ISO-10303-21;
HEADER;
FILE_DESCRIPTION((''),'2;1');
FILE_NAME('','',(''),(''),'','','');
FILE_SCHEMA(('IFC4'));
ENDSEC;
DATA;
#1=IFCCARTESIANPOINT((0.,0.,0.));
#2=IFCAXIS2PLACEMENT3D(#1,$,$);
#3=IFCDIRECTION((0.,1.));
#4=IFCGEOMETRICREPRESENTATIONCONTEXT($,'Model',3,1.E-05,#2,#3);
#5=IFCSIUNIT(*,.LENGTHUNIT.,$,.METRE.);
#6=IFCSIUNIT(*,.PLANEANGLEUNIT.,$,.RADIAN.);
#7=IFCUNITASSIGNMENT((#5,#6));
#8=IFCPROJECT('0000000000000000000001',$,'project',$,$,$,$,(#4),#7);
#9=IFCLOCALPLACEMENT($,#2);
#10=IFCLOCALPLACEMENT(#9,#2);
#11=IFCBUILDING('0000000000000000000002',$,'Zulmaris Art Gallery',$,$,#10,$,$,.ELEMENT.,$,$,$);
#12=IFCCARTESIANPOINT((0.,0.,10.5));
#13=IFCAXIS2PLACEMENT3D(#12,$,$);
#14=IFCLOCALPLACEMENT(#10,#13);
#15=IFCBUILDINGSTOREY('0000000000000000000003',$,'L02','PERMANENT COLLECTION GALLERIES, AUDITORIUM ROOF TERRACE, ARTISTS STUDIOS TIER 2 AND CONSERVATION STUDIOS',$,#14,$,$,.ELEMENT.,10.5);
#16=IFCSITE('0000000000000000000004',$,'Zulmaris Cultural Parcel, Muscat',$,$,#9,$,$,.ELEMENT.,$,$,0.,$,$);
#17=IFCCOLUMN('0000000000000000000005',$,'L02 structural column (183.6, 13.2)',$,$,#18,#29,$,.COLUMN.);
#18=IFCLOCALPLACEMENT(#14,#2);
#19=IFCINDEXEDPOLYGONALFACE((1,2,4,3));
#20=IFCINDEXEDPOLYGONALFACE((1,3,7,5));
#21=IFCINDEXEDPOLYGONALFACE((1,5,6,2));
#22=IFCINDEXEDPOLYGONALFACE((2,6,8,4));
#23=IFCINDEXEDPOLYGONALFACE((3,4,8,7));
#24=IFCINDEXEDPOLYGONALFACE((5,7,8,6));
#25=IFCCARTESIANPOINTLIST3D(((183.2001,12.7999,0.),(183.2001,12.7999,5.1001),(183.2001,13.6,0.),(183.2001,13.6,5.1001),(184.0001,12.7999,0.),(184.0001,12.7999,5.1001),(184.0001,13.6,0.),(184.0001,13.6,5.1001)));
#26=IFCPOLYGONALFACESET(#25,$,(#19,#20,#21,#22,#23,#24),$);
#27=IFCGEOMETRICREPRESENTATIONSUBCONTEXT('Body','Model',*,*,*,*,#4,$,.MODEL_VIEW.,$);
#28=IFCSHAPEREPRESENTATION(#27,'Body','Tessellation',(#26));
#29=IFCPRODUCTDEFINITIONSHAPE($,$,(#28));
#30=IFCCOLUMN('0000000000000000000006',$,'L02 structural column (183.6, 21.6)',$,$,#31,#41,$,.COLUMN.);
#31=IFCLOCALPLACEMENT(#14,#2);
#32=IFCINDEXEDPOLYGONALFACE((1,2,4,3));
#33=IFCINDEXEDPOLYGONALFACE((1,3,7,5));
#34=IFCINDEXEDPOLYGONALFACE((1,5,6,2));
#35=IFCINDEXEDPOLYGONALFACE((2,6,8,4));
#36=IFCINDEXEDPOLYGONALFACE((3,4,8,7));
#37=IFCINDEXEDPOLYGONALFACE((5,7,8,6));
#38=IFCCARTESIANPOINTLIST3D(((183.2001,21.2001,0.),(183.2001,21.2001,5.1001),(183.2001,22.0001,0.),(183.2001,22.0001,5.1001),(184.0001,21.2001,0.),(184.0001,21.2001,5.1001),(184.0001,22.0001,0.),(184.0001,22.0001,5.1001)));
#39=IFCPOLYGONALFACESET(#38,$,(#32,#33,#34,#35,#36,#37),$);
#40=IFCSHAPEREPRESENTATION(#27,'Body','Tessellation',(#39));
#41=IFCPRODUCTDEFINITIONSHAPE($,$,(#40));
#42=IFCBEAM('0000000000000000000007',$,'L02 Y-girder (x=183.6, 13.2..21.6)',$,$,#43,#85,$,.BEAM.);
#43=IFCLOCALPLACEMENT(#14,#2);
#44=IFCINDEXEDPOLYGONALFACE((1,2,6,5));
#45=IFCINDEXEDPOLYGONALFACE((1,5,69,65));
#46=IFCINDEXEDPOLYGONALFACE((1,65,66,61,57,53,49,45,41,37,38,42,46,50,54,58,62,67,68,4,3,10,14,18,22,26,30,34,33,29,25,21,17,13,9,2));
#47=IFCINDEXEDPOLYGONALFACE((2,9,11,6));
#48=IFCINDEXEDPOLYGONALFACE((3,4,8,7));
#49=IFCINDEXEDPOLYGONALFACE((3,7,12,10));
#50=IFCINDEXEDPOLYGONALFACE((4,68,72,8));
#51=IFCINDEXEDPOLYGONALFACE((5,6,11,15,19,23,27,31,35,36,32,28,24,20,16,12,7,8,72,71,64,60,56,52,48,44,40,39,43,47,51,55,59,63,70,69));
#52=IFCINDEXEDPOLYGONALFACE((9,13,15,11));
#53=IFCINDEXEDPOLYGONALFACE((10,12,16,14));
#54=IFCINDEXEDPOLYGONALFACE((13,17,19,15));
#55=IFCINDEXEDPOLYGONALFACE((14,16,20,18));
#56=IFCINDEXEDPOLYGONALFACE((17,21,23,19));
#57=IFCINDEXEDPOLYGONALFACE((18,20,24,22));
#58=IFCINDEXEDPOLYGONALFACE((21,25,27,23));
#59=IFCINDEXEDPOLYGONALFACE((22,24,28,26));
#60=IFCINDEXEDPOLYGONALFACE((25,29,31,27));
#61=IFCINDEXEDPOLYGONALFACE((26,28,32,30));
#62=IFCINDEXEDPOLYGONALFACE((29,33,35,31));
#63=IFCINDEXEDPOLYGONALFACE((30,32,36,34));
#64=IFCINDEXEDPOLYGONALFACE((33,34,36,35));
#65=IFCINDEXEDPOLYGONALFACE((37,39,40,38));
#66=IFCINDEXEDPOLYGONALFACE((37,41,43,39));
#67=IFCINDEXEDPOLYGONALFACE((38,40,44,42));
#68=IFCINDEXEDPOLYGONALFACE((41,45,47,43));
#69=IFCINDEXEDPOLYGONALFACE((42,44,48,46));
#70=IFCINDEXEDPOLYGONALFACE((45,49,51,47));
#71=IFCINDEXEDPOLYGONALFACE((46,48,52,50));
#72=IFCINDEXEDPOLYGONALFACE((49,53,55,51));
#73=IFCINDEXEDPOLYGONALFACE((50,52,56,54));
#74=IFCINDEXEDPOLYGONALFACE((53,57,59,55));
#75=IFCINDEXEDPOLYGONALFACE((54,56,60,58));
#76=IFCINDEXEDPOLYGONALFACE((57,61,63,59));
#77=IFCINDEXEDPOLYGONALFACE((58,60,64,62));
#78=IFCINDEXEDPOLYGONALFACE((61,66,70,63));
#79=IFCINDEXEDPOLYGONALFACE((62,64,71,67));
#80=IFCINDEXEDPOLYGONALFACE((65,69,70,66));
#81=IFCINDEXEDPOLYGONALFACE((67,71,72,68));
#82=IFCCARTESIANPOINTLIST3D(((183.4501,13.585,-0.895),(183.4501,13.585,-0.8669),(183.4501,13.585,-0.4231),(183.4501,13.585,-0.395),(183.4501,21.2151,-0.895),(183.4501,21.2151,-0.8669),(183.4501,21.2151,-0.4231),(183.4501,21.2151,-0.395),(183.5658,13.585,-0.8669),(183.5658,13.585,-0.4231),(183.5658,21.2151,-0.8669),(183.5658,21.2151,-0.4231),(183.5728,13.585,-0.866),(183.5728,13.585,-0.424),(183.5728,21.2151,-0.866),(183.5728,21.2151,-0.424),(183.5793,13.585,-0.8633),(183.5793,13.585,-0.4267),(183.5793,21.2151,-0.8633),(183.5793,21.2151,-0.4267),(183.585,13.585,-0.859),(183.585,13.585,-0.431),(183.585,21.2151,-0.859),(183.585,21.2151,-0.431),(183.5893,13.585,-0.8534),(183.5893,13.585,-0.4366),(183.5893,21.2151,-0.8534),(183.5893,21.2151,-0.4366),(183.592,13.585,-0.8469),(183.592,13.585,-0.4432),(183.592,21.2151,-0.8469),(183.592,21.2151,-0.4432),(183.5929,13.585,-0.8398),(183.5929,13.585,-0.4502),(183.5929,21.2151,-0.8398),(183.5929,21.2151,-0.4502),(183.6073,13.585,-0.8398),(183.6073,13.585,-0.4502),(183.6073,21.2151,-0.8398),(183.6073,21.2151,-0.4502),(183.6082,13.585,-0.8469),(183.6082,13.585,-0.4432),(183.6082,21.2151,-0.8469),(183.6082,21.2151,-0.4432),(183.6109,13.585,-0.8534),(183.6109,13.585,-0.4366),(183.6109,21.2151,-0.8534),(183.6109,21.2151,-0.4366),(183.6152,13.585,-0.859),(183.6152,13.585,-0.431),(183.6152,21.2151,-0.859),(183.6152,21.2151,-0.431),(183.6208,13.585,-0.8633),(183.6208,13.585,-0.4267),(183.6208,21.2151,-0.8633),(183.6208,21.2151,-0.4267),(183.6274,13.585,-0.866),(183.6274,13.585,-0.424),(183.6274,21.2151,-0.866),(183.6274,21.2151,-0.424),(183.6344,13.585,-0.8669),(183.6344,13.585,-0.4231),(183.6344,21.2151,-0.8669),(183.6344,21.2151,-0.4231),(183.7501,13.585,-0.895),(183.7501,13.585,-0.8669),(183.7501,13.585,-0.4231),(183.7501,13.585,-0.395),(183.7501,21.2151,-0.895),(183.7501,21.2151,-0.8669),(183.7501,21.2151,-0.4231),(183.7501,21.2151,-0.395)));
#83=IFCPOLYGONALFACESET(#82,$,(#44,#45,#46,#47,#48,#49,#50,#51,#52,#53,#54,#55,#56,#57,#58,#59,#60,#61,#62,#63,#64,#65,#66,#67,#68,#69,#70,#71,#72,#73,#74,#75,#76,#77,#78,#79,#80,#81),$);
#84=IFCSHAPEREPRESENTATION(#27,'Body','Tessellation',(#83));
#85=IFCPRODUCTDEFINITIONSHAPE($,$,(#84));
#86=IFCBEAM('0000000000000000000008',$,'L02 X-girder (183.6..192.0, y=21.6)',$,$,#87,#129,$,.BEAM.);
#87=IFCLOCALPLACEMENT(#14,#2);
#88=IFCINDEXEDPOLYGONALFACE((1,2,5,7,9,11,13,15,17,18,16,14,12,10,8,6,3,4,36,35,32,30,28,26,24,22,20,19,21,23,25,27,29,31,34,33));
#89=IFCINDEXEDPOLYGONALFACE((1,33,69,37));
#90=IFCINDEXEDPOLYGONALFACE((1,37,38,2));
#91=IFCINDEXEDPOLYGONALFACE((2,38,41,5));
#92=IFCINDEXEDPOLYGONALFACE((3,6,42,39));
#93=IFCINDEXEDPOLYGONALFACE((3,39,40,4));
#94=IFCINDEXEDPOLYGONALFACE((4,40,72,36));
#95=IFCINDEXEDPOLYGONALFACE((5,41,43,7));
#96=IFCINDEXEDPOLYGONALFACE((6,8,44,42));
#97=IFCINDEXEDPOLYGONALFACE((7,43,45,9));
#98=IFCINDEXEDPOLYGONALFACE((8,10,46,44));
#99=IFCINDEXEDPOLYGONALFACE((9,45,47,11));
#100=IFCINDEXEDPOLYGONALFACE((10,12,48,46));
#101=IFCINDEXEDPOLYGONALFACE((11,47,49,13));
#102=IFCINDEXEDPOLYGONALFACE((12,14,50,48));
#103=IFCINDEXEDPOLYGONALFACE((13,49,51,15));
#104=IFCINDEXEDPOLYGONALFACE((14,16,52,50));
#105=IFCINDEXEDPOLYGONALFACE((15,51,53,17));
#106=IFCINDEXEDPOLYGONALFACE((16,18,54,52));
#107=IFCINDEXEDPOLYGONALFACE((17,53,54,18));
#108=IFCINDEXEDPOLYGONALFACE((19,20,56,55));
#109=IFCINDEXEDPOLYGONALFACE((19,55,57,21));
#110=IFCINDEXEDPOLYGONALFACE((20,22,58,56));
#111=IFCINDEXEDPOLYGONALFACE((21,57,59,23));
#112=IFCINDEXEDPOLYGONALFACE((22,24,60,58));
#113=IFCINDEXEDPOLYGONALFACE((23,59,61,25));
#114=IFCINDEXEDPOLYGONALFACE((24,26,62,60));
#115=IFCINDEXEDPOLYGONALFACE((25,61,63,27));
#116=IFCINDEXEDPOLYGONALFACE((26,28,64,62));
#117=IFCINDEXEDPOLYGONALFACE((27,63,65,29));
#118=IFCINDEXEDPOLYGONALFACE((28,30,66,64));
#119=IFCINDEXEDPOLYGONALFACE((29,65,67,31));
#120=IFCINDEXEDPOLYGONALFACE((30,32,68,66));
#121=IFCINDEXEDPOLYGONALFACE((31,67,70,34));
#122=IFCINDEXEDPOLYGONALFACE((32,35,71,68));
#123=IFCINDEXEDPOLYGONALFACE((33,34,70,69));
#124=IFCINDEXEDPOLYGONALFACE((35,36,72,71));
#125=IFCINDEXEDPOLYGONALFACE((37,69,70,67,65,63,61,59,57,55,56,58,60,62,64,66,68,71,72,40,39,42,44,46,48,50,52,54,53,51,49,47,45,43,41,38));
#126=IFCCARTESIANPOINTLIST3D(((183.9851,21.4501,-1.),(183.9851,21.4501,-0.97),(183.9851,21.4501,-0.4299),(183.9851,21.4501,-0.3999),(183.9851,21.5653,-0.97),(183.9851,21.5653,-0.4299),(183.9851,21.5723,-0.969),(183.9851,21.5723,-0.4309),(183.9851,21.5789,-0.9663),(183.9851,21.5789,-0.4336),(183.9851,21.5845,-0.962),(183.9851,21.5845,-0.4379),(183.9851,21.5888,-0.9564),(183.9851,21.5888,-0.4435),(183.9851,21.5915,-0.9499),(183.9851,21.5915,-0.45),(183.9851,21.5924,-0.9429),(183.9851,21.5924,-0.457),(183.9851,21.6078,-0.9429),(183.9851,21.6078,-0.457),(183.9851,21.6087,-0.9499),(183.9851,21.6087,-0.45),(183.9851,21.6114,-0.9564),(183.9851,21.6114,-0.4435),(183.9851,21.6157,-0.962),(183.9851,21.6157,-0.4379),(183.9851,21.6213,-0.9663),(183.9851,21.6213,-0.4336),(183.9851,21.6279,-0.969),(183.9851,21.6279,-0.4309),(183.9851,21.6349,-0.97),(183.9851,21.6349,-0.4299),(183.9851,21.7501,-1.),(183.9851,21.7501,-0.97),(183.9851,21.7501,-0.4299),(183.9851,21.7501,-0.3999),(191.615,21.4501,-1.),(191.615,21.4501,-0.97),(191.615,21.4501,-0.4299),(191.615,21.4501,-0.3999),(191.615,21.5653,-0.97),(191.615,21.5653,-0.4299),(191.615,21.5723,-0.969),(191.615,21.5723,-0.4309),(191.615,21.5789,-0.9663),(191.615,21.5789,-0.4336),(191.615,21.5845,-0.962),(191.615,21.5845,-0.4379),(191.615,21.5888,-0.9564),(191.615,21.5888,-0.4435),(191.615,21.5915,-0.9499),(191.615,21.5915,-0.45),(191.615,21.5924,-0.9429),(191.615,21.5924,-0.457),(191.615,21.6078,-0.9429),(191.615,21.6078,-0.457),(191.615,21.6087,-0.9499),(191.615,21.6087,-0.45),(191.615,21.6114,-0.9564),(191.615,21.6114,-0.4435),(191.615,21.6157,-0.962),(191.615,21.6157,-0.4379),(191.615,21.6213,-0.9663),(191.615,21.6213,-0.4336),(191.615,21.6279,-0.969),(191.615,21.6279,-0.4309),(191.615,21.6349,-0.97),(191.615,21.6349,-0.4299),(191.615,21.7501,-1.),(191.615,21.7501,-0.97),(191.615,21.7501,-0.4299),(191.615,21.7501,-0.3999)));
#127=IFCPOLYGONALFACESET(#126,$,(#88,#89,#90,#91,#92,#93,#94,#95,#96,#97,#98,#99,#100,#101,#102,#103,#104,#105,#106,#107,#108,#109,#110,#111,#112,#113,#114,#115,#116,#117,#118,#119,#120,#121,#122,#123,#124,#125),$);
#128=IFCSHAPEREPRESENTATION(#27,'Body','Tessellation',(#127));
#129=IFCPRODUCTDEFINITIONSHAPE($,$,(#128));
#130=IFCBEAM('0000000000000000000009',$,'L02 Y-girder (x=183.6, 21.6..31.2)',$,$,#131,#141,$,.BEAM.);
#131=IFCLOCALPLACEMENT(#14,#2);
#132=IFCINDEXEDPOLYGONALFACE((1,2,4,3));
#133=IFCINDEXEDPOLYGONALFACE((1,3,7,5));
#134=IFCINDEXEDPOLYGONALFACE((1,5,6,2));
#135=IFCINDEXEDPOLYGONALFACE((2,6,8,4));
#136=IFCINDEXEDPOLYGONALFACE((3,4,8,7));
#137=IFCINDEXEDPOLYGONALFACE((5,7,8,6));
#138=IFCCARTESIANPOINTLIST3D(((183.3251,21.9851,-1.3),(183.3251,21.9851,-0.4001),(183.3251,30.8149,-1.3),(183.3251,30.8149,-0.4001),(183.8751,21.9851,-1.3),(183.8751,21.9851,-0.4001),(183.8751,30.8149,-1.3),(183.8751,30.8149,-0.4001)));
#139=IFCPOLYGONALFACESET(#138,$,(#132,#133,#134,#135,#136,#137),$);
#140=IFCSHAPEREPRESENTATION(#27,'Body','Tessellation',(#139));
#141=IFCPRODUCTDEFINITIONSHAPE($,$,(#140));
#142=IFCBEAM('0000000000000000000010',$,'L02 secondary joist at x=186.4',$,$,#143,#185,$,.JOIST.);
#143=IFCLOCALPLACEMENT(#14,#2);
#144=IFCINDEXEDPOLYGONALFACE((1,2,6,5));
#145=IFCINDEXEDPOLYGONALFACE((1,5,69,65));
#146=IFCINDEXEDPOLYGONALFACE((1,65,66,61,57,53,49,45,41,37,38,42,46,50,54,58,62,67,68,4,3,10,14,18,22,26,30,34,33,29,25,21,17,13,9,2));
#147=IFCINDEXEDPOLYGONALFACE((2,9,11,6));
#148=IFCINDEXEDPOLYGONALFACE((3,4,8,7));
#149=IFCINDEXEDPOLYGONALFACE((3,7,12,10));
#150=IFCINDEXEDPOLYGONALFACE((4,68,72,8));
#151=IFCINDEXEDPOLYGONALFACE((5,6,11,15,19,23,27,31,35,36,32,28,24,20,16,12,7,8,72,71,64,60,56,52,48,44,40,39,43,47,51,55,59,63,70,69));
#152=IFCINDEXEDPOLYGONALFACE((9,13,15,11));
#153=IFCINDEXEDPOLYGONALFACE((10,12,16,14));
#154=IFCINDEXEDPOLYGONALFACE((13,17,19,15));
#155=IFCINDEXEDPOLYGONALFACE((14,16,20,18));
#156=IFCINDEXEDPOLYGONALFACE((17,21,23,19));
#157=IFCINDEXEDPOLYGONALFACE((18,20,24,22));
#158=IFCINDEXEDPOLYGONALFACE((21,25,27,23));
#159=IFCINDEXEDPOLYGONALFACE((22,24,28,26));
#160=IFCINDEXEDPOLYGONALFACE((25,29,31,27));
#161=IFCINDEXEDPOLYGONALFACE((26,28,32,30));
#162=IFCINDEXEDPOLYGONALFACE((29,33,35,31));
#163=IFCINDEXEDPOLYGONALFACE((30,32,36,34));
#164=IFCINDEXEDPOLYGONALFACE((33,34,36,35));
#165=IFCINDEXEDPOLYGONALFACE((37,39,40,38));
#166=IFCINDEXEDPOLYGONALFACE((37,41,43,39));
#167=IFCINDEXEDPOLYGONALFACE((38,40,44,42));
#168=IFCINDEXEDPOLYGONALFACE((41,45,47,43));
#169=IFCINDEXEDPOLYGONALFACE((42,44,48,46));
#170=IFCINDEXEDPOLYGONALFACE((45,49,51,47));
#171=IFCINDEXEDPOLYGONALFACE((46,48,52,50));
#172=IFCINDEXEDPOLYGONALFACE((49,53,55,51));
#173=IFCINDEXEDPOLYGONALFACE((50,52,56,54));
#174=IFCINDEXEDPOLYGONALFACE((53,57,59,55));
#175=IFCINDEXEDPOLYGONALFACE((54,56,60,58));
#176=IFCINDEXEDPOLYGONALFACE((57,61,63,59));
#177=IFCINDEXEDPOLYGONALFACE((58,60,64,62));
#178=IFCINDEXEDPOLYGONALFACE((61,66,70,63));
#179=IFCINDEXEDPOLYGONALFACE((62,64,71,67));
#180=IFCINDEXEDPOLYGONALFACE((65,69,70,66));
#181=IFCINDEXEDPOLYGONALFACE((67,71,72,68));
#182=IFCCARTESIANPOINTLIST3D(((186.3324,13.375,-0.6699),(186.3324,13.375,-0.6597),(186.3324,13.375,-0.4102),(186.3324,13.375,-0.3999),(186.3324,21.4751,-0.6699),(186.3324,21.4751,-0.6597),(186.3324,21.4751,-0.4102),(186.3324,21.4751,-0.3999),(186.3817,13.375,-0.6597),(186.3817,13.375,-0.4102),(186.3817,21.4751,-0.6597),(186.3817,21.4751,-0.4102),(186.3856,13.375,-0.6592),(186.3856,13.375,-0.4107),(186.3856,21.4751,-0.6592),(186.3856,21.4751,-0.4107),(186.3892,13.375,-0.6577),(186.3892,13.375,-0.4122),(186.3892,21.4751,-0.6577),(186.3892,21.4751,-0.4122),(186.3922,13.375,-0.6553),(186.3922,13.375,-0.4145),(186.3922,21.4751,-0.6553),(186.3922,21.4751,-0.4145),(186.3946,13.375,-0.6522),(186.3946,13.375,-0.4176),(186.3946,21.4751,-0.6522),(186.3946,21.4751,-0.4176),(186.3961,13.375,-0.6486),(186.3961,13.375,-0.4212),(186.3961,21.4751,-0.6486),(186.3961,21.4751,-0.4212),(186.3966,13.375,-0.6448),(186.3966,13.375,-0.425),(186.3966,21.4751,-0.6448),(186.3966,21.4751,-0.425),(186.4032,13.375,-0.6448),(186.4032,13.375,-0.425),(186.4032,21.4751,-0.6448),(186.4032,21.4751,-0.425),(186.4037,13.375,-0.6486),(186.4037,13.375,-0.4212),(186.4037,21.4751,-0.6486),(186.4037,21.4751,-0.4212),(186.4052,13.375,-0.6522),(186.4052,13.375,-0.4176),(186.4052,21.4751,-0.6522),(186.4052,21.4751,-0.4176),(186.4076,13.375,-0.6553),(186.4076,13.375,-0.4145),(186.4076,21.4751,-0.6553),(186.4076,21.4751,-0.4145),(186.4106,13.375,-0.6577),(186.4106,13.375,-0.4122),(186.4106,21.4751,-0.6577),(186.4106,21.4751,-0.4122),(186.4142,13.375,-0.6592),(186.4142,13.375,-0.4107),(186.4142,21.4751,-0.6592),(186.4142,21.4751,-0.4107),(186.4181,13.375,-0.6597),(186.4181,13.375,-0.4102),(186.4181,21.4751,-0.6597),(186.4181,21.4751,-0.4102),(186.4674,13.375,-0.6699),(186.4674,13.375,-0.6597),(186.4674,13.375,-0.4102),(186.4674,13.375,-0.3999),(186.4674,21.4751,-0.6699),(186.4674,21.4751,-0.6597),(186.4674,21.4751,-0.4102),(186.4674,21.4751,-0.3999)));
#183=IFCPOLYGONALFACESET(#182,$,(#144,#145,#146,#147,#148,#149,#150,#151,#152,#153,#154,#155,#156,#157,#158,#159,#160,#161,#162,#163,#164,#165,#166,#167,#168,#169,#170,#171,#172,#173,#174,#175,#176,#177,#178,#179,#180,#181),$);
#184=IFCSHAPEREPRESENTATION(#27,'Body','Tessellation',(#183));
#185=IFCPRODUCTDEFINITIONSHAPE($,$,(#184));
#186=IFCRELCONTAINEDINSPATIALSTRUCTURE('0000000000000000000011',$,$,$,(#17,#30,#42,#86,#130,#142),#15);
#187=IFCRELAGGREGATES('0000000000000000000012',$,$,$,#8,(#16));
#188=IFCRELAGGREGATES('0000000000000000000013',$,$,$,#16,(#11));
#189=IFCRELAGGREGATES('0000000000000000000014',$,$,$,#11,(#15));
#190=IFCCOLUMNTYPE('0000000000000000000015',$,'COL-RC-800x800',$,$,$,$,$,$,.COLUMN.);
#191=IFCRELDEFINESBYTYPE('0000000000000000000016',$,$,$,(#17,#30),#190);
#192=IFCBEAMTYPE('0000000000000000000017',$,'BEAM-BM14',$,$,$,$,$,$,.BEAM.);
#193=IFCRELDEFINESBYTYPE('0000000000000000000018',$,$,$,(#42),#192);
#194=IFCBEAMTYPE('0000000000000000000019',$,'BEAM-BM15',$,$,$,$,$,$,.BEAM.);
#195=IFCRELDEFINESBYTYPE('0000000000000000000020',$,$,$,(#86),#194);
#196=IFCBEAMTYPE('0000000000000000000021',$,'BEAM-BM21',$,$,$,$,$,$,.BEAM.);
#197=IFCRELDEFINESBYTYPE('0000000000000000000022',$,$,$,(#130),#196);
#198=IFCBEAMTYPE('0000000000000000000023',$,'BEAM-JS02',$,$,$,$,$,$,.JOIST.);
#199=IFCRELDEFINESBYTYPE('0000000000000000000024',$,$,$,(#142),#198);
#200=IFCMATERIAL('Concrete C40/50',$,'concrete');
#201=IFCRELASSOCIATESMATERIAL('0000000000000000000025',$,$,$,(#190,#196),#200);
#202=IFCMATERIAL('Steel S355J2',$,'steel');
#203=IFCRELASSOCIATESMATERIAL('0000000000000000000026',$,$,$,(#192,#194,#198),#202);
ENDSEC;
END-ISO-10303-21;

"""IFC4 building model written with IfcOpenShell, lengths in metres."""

from ifc_helpers import new_model, si_unit, direction, frame, origin, origin_2d, place, context, subcontext, project, spatial, rectangle, i_section, extrude, material, material_profile, profile_set, type_object, element, save


model = new_model("IFC4")

# Units and contexts
model_context = context("Model", 3, precision=1e-05, world=origin(), true_north=direction((0.0, 1.0)))
body_context = subcontext(model_context, "Body", "Model", "MODEL_VIEW")
ifc_project = project(units=[si_unit("LENGTHUNIT", "METRE"), si_unit("PLANEANGLEUNIT", "RADIAN")], contexts=[model_context])

# Site, building, storey
site_placement = place(None, origin())
site = spatial("IfcSite", under=ifc_project, at=site_placement, Name="Zulmaris Cultural Parcel, Muscat", CompositionType="ELEMENT", RefElevation=0.0)
building_placement = place(site_placement, origin())
building = spatial("IfcBuilding", under=site, at=building_placement, Name="Zulmaris Art Gallery", CompositionType="ELEMENT")
storey_placement = place(building_placement, frame((0.0, 0.0, 10.5)))
storey = spatial("IfcBuildingStorey", under=building, at=storey_placement, Name="L02", Description="PERMANENT COLLECTION GALLERIES, AUDITORIUM ROOF TERRACE, ARTISTS STUDIOS TIER 2 AND CONSERVATION STUDIOS", CompositionType="ELEMENT", Elevation=10.5)

# Columns
ifc_material_1 = material(Name="Concrete C40/50", Category="concrete")
ifc_material_profile_1 = material_profile(ifc_material_1, rectangle(XDim=0.8, YDim=0.8, at=origin_2d()), Name="RC 800x800")
ifc_profile_set_1 = profile_set([ifc_material_profile_1], Name="Concrete C40/50")
column_type = type_object("IfcColumnType", Name="COL-RC-800x800", PredefinedType="COLUMN", material=ifc_profile_set_1)
for number, where, z_axis, x_axis, name in (
    (1, (183.6001, 13.2, 0.0), (0.0, 0.0, 1.0), (1.0, 0.0, 0.0), "L02 structural column (183.6, 13.2)"),
    (2, (183.6001, 21.6001, 0.0), (0.0, 0.0, 1.0), (1.0, 0.0, 0.0), "L02 structural column (183.6, 21.6)"),
):
    element("IfcColumn", number, at=place(storey_placement, frame(where, z_axis=z_axis, x_axis=x_axis)), inside=storey, type_object=column_type, Name=name, PredefinedType="COLUMN", context=body_context, shape_type="SweptSolid", body=[
        extrude(rectangle(XDim=0.8, YDim=0.8, at=origin_2d()), origin(), (0.0, 0.0, 1.0), 5.1001),
    ])

# Beams
ifc_material_2 = material(Name="Steel S355J2", Category="steel")
ifc_material_profile_2 = material_profile(ifc_material_2, i_section(OverallWidth=0.3, OverallDepth=0.5, WebThickness=0.0144, FlangeThickness=0.0281, FilletRadius=0.0271, at=origin_2d()), Name="HEB 500")
ifc_profile_set_2 = profile_set([ifc_material_profile_2], Name="Steel S355J2")
beam_type_1 = type_object("IfcBeamType", Name="BEAM-BM14", PredefinedType="BEAM", material=ifc_profile_set_2)
beam_1_placement = place(storey_placement, frame((183.6001, 13.585, -0.645), z_axis=(0.0, 1.0, 0.0), x_axis=(-1.0, 0.0, 0.0)))
element("IfcBeam", 3, at=beam_1_placement, inside=storey, type_object=beam_type_1, Name="L02 Y-girder (x=183.6, 13.2..21.6)", PredefinedType="BEAM", context=body_context, shape_type="SweptSolid", body=[
    extrude(i_section(OverallWidth=0.3, OverallDepth=0.5, WebThickness=0.0144, FlangeThickness=0.0281, FilletRadius=0.0271, at=origin_2d()), origin(), (0.0, 0.0, 1.0), 7.6301),
])
ifc_material_profile_3 = material_profile(ifc_material_2, i_section(OverallWidth=0.3, OverallDepth=0.6001, WebThickness=0.0154, FlangeThickness=0.03, FilletRadius=0.0271, at=origin_2d()), Name="HEB 600")
ifc_profile_set_3 = profile_set([ifc_material_profile_3], Name="Steel S355J2")
beam_type_2 = type_object("IfcBeamType", Name="BEAM-BM15", PredefinedType="BEAM", material=ifc_profile_set_3)
beam_2_placement = place(storey_placement, frame((183.9851, 21.6001, -0.7), z_axis=(1.0, 0.0, 0.0), x_axis=(0.0, 1.0, 0.0)))
element("IfcBeam", 4, at=beam_2_placement, inside=storey, type_object=beam_type_2, Name="L02 X-girder (183.6..192.0, y=21.6)", PredefinedType="BEAM", context=body_context, shape_type="SweptSolid", body=[
    extrude(i_section(OverallWidth=0.3, OverallDepth=0.6001, WebThickness=0.0154, FlangeThickness=0.03, FilletRadius=0.0271, at=origin_2d()), origin(), (0.0, 0.0, 1.0), 7.6299),
])
ifc_material_profile_4 = material_profile(ifc_material_1, rectangle(XDim=0.55, YDim=0.8999, at=origin_2d()), Name="RC 550x900")
ifc_profile_set_4 = profile_set([ifc_material_profile_4], Name="Concrete C40/50")
beam_type_3 = type_object("IfcBeamType", Name="BEAM-BM21", PredefinedType="BEAM", material=ifc_profile_set_4)
beam_3_placement = place(storey_placement, frame((183.6001, 21.9851, -0.8501), z_axis=(0.0, 1.0, 0.0), x_axis=(-1.0, 0.0, 0.0)))
element("IfcBeam", 5, at=beam_3_placement, inside=storey, type_object=beam_type_3, Name="L02 Y-girder (x=183.6, 21.6..31.2)", PredefinedType="BEAM", context=body_context, shape_type="SweptSolid", body=[
    extrude(rectangle(XDim=0.55, YDim=0.8999, at=origin_2d()), origin(), (0.0, 0.0, 1.0), 8.8298),
])
ifc_material_profile_5 = material_profile(ifc_material_2, i_section(OverallWidth=0.135, OverallDepth=0.27, WebThickness=0.0066, FlangeThickness=0.0103, FilletRadius=0.0149, at=origin_2d()), Name="IPE 270")
ifc_profile_set_5 = profile_set([ifc_material_profile_5], Name="Steel S355J2")
beam_type_4 = type_object("IfcBeamType", Name="BEAM-JS02", PredefinedType="JOIST", material=ifc_profile_set_5)
beam_4_placement = place(storey_placement, frame((186.3999, 13.375, -0.5349), z_axis=(0.0, 1.0, 0.0), x_axis=(-1.0, 0.0, 0.0)))
element("IfcBeam", 6, at=beam_4_placement, inside=storey, type_object=beam_type_4, Name="L02 secondary joist at x=186.4", PredefinedType="JOIST", context=body_context, shape_type="SweptSolid", body=[
    extrude(i_section(OverallWidth=0.135, OverallDepth=0.27, WebThickness=0.0066, FlangeThickness=0.0103, FilletRadius=0.0149, at=origin_2d()), origin(), (0.0, 0.0, 1.0), 8.1001),
])

save(model, "model.ifc")
